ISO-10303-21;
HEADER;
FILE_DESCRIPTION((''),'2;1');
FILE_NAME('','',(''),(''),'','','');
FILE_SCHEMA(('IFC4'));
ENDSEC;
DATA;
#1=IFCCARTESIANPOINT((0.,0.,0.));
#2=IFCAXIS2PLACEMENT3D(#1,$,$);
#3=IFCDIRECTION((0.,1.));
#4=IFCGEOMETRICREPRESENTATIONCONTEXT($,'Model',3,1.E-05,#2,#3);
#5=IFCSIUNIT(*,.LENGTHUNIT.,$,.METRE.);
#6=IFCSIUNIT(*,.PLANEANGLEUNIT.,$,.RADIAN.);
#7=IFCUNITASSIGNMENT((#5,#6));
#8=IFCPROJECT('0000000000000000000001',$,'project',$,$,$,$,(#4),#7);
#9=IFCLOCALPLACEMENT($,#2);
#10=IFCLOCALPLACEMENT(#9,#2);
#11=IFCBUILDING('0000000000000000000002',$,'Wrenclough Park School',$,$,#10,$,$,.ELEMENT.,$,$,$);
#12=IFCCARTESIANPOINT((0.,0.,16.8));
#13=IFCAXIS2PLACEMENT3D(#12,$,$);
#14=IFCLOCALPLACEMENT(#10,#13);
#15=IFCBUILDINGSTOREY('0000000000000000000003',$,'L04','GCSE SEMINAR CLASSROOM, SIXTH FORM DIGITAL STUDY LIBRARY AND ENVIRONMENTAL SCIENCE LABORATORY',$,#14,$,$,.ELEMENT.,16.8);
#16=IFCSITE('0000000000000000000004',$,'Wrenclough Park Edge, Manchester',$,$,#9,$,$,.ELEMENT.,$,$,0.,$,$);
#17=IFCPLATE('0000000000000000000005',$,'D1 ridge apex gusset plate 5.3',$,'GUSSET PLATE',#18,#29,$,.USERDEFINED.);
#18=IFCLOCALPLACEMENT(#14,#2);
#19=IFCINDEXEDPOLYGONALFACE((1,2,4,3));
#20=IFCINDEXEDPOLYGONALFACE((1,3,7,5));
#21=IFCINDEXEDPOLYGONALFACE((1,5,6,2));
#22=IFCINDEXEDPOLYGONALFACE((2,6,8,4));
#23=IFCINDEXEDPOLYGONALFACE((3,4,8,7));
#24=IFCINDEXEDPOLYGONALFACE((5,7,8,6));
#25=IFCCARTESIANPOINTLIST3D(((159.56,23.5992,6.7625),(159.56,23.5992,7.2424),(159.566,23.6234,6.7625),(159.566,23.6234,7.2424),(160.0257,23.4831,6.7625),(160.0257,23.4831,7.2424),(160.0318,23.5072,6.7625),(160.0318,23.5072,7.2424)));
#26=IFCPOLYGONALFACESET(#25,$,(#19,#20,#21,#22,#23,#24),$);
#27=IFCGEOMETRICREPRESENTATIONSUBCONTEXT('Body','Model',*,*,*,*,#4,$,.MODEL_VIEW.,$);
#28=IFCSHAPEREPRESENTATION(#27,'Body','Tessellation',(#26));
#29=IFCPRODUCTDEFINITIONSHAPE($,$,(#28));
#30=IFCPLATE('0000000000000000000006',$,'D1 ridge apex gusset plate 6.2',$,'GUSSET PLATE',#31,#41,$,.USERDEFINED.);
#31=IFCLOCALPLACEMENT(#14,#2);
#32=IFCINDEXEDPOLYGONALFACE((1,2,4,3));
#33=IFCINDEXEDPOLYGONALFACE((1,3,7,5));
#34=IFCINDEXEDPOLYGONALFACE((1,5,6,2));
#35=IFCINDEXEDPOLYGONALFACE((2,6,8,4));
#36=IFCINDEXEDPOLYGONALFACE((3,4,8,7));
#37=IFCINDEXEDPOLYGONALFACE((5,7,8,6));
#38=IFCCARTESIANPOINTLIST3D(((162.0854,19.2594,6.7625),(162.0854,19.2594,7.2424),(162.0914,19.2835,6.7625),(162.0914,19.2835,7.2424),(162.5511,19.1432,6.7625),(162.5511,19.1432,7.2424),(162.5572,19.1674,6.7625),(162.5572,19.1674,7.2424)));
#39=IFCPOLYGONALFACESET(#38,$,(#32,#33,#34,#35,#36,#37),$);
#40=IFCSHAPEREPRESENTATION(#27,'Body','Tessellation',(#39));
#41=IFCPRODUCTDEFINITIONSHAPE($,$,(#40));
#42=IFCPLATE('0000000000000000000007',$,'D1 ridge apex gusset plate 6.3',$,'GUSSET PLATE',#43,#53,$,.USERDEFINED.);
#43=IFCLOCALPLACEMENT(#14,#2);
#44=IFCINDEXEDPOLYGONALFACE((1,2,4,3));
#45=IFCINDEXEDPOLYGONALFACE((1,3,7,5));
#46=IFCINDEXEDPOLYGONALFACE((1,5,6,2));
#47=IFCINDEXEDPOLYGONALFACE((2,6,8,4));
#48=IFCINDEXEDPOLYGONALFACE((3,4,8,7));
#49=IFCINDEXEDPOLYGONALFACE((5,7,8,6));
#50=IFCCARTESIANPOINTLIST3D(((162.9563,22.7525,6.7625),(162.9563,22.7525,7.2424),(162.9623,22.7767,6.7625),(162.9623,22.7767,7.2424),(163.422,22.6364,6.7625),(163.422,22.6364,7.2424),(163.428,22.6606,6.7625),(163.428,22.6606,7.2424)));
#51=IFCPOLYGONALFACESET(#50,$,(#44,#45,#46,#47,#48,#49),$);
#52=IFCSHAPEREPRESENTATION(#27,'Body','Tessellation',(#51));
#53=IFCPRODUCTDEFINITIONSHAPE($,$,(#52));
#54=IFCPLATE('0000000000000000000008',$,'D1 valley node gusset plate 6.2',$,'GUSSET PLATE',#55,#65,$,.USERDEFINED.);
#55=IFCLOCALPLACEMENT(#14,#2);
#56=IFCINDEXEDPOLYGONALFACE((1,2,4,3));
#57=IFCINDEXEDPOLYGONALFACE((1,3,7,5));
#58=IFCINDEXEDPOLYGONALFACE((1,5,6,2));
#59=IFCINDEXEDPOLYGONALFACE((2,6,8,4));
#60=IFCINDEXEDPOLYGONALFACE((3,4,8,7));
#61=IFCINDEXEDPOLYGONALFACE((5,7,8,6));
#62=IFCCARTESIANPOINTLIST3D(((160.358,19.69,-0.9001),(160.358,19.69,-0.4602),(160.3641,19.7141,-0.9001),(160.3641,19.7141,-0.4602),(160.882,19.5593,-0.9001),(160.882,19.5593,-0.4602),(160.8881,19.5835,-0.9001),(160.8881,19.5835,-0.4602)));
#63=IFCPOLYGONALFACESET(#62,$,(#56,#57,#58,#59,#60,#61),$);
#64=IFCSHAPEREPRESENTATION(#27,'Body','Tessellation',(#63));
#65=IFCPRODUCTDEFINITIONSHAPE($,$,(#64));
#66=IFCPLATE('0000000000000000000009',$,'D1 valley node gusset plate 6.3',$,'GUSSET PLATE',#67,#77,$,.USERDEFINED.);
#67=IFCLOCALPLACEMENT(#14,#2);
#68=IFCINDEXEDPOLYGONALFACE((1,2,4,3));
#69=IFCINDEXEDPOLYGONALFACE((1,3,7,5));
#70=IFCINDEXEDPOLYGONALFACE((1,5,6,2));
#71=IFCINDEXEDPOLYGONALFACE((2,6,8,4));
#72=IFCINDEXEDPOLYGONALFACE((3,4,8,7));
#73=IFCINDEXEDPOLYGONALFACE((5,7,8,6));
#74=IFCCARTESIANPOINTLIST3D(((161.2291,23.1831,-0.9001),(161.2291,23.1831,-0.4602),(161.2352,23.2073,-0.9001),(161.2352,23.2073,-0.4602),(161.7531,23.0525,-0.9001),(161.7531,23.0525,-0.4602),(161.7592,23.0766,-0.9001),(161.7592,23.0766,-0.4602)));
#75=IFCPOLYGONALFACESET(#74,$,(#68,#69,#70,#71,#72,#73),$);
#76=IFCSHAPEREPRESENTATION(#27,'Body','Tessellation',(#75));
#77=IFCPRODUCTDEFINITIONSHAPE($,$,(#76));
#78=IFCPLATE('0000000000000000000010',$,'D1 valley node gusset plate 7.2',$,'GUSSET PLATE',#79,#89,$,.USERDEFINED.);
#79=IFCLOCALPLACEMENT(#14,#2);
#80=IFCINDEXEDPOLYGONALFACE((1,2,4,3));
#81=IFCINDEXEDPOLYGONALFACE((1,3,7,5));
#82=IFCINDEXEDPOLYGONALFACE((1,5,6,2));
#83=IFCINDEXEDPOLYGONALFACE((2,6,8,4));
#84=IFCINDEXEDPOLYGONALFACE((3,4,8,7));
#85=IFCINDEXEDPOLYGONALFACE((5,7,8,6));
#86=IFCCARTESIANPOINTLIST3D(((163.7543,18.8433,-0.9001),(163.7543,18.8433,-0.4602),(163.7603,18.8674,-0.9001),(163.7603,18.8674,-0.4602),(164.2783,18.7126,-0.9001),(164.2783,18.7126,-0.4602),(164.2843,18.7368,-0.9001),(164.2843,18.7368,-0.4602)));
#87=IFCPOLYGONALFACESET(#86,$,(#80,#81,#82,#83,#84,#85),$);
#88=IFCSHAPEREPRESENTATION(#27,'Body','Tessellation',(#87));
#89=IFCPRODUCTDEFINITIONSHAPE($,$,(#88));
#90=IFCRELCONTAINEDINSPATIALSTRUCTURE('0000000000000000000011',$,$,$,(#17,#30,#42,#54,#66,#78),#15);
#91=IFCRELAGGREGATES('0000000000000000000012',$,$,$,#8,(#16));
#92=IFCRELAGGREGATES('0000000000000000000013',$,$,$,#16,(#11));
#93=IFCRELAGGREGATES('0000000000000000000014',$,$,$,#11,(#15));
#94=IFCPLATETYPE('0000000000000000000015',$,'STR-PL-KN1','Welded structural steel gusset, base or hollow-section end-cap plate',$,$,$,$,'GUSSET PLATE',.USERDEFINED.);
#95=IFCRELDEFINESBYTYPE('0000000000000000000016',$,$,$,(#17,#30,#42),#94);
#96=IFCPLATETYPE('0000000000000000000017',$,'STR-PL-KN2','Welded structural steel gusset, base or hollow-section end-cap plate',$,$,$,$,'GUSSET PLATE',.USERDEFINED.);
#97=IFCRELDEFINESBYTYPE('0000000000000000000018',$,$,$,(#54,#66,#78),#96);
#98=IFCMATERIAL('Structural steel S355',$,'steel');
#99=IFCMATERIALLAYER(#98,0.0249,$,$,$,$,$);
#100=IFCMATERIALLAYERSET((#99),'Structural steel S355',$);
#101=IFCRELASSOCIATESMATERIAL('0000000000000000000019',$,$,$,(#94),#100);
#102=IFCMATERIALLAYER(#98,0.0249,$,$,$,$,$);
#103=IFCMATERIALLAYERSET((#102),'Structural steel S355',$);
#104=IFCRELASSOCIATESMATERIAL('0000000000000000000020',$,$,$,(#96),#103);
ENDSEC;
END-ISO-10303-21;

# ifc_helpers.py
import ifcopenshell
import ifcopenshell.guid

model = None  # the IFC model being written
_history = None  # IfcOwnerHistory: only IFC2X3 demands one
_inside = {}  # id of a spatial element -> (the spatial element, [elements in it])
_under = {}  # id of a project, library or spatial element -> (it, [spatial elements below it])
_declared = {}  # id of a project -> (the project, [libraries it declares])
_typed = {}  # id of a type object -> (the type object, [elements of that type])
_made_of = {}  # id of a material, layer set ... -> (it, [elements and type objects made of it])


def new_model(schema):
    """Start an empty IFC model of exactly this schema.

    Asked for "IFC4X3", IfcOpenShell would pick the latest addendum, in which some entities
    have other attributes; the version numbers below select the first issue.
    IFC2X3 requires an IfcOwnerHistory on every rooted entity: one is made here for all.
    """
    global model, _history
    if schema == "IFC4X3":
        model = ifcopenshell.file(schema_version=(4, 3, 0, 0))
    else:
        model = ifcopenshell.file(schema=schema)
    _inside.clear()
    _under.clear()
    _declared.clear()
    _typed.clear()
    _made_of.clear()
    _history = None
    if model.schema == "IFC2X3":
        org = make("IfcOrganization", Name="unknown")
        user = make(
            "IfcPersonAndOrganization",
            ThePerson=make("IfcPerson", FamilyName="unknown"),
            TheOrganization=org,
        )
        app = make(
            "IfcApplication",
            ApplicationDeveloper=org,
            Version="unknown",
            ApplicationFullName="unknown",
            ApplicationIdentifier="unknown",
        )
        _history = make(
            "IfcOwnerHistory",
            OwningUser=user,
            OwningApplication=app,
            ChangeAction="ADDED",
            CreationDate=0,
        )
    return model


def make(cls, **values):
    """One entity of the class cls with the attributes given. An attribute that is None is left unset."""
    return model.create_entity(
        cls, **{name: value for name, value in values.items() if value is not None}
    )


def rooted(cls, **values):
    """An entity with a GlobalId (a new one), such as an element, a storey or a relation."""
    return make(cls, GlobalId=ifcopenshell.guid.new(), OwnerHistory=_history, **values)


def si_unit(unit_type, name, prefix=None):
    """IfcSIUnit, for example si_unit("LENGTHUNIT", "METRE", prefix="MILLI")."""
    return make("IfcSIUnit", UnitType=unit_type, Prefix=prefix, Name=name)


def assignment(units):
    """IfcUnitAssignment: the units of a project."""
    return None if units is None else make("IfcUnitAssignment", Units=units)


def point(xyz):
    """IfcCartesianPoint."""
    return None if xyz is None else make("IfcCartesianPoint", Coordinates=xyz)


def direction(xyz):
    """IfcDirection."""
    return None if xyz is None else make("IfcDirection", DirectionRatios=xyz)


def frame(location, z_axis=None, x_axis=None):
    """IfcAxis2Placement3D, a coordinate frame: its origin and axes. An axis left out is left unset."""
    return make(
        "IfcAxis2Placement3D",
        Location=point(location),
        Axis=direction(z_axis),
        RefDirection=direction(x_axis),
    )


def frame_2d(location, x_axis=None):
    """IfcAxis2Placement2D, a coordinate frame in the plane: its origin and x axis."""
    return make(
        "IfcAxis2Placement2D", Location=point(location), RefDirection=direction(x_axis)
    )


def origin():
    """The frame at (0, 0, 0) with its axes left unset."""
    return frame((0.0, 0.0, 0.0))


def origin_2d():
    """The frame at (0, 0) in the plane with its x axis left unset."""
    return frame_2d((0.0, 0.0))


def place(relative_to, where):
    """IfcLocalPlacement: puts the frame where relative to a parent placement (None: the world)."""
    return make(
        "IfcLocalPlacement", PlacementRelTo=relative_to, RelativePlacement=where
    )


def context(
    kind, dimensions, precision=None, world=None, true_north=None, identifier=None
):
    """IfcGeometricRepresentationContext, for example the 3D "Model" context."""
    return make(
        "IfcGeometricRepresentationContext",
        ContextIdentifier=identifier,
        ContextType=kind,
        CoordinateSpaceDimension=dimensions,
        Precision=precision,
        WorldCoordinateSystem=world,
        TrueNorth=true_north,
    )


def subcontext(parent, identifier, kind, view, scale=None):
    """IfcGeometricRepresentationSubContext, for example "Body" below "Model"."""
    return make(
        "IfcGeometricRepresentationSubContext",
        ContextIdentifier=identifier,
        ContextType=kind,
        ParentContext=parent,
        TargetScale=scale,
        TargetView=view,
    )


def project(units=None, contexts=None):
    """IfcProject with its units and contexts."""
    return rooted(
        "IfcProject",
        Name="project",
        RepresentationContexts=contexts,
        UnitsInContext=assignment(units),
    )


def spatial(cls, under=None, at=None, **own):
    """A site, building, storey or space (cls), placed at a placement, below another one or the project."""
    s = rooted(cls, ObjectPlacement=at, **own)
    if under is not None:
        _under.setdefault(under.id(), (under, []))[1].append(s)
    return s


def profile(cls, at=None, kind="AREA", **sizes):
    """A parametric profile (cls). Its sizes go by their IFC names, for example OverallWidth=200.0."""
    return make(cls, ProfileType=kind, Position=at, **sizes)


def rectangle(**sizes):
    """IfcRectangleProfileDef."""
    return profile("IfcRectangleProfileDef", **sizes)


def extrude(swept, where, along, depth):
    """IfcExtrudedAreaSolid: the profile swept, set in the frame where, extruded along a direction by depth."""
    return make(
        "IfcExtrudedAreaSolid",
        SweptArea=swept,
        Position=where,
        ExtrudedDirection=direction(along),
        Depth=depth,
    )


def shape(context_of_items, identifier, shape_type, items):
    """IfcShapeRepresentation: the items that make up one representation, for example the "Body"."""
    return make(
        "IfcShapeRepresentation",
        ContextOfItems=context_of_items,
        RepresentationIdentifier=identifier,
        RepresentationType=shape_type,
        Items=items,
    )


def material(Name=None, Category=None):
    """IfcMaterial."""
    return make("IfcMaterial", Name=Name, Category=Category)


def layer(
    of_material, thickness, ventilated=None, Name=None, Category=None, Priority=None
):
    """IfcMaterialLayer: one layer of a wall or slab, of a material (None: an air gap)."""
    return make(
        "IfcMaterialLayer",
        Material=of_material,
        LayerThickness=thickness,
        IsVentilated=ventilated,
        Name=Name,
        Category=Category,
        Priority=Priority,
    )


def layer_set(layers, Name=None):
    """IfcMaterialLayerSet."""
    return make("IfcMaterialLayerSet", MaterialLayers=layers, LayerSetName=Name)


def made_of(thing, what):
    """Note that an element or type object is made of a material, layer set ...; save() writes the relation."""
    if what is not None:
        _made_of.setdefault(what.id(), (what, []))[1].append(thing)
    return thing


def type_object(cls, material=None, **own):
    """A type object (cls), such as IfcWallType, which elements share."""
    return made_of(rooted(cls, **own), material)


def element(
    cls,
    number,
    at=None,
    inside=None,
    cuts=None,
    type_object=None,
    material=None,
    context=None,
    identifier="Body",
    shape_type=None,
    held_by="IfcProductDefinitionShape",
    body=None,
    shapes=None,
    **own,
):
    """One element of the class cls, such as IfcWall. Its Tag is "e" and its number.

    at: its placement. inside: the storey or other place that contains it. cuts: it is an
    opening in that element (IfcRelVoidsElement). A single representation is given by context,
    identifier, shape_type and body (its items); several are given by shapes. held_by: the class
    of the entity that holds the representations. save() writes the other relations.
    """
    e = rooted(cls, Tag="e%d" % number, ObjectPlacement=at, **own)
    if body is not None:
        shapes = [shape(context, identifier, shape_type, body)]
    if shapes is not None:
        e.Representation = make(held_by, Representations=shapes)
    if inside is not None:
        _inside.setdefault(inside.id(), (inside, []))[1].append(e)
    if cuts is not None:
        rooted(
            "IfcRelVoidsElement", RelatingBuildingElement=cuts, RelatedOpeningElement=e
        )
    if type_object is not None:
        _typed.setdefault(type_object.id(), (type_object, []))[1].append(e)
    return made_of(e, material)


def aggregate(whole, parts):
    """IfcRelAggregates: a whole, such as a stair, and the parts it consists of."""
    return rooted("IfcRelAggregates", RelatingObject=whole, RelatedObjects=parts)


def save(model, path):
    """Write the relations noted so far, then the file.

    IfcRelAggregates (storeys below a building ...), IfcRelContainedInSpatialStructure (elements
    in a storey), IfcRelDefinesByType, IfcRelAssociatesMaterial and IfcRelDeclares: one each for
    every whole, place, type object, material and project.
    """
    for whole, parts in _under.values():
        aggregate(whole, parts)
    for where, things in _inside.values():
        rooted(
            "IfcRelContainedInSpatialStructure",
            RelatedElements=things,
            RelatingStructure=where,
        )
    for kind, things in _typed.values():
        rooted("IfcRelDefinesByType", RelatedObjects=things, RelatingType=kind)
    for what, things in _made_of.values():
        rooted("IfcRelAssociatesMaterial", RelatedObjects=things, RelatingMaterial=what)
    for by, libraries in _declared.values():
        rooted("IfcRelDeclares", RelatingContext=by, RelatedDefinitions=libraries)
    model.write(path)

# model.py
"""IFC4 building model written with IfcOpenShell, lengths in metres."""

from ifc_helpers import new_model, si_unit, direction, frame, origin, origin_2d, place, context, subcontext, project, spatial, rectangle, extrude, material, layer, layer_set, type_object, element, save


model = new_model("IFC4")

# Units and contexts
model_context = context("Model", 3, precision=1e-05, world=origin(), true_north=direction((0.0, 1.0)))
body_context = subcontext(model_context, "Body", "Model", "MODEL_VIEW")
ifc_project = project(units=[si_unit("LENGTHUNIT", "METRE"), si_unit("PLANEANGLEUNIT", "RADIAN")], contexts=[model_context])

# Site, building, storey
site_placement = place(None, origin())
site = spatial("IfcSite", under=ifc_project, at=site_placement, Name="Wrenclough Park Edge, Manchester", CompositionType="ELEMENT", RefElevation=0.0)
building_placement = place(site_placement, origin())
building = spatial("IfcBuilding", under=site, at=building_placement, Name="Wrenclough Park School", CompositionType="ELEMENT")
storey_placement = place(building_placement, frame((0.0, 0.0, 16.8)))
storey = spatial("IfcBuildingStorey", under=building, at=storey_placement, Name="L04", Description="GCSE SEMINAR CLASSROOM, SIXTH FORM DIGITAL STUDY LIBRARY AND ENVIRONMENTAL SCIENCE LABORATORY", CompositionType="ELEMENT", Elevation=16.8)

# Shared definitions
ifc_material = material(Name="Structural steel S355", Category="steel")

# Plates
ifc_layer_1 = layer(ifc_material, 0.0249)
ifc_layer_set_1 = layer_set([ifc_layer_1], Name="Structural steel S355")
plate_type_1 = type_object("IfcPlateType", Name="STR-PL-KN1", Description="Welded structural steel gusset, base or hollow-section end-cap plate", ElementType="GUSSET PLATE", PredefinedType="USERDEFINED", material=ifc_layer_set_1)
for number, where, z_axis, x_axis, name in (
    (1, (159.7959, 23.5532, 6.7625), (0.0, 0.0, 1.0), (0.970296, -0.241922, 0.0), "D1 ridge apex gusset plate 5.3"),
    (2, (162.3213, 19.2134, 6.7625), (0.0, 0.0, 1.0), (0.970296, -0.241922, 0.0), "D1 ridge apex gusset plate 6.2"),
    (3, (163.1921, 22.7065, 6.7625), (0.0, 0.0, 1.0), (0.970296, -0.241922, 0.0), "D1 ridge apex gusset plate 6.3"),
):
    element("IfcPlate", number, at=place(storey_placement, frame(where, z_axis=z_axis, x_axis=x_axis)), inside=storey, type_object=plate_type_1, Name=name, ObjectType="GUSSET PLATE", PredefinedType="USERDEFINED", context=body_context, shape_type="SweptSolid", body=[
        extrude(rectangle(XDim=0.48, YDim=0.0249, at=origin_2d()), origin(), (0.0, 0.0, 1.0), 0.48),
    ])
ifc_layer_2 = layer(ifc_material, 0.0249)
ifc_layer_set_2 = layer_set([ifc_layer_2], Name="Structural steel S355")
plate_type_2 = type_object("IfcPlateType", Name="STR-PL-KN2", Description="Welded structural steel gusset, base or hollow-section end-cap plate", ElementType="GUSSET PLATE", PredefinedType="USERDEFINED", material=ifc_layer_set_2)
for number, where, z_axis, x_axis, name in (
    (4, (160.623, 19.6367, -0.9001), (0.0, 0.0, 1.0), (0.970296, -0.241922, 0.0), "D1 valley node gusset plate 6.2"),
    (5, (161.4941, 23.1299, -0.9001), (0.0, 0.0, 1.0), (0.970296, -0.241922, 0.0), "D1 valley node gusset plate 6.3"),
    (6, (164.0193, 18.79, -0.9001), (0.0, 0.0, 1.0), (0.970296, -0.241922, 0.0), "D1 valley node gusset plate 7.2"),
):
    element("IfcPlate", number, at=place(storey_placement, frame(where, z_axis=z_axis, x_axis=x_axis)), inside=storey, type_object=plate_type_2, Name=name, ObjectType="GUSSET PLATE", PredefinedType="USERDEFINED", context=body_context, shape_type="SweptSolid", body=[
        extrude(rectangle(XDim=0.54, YDim=0.0249, at=origin_2d()), origin(), (0.0, 0.0, 1.0), 0.4399),
    ])

save(model, "model.ifc")
